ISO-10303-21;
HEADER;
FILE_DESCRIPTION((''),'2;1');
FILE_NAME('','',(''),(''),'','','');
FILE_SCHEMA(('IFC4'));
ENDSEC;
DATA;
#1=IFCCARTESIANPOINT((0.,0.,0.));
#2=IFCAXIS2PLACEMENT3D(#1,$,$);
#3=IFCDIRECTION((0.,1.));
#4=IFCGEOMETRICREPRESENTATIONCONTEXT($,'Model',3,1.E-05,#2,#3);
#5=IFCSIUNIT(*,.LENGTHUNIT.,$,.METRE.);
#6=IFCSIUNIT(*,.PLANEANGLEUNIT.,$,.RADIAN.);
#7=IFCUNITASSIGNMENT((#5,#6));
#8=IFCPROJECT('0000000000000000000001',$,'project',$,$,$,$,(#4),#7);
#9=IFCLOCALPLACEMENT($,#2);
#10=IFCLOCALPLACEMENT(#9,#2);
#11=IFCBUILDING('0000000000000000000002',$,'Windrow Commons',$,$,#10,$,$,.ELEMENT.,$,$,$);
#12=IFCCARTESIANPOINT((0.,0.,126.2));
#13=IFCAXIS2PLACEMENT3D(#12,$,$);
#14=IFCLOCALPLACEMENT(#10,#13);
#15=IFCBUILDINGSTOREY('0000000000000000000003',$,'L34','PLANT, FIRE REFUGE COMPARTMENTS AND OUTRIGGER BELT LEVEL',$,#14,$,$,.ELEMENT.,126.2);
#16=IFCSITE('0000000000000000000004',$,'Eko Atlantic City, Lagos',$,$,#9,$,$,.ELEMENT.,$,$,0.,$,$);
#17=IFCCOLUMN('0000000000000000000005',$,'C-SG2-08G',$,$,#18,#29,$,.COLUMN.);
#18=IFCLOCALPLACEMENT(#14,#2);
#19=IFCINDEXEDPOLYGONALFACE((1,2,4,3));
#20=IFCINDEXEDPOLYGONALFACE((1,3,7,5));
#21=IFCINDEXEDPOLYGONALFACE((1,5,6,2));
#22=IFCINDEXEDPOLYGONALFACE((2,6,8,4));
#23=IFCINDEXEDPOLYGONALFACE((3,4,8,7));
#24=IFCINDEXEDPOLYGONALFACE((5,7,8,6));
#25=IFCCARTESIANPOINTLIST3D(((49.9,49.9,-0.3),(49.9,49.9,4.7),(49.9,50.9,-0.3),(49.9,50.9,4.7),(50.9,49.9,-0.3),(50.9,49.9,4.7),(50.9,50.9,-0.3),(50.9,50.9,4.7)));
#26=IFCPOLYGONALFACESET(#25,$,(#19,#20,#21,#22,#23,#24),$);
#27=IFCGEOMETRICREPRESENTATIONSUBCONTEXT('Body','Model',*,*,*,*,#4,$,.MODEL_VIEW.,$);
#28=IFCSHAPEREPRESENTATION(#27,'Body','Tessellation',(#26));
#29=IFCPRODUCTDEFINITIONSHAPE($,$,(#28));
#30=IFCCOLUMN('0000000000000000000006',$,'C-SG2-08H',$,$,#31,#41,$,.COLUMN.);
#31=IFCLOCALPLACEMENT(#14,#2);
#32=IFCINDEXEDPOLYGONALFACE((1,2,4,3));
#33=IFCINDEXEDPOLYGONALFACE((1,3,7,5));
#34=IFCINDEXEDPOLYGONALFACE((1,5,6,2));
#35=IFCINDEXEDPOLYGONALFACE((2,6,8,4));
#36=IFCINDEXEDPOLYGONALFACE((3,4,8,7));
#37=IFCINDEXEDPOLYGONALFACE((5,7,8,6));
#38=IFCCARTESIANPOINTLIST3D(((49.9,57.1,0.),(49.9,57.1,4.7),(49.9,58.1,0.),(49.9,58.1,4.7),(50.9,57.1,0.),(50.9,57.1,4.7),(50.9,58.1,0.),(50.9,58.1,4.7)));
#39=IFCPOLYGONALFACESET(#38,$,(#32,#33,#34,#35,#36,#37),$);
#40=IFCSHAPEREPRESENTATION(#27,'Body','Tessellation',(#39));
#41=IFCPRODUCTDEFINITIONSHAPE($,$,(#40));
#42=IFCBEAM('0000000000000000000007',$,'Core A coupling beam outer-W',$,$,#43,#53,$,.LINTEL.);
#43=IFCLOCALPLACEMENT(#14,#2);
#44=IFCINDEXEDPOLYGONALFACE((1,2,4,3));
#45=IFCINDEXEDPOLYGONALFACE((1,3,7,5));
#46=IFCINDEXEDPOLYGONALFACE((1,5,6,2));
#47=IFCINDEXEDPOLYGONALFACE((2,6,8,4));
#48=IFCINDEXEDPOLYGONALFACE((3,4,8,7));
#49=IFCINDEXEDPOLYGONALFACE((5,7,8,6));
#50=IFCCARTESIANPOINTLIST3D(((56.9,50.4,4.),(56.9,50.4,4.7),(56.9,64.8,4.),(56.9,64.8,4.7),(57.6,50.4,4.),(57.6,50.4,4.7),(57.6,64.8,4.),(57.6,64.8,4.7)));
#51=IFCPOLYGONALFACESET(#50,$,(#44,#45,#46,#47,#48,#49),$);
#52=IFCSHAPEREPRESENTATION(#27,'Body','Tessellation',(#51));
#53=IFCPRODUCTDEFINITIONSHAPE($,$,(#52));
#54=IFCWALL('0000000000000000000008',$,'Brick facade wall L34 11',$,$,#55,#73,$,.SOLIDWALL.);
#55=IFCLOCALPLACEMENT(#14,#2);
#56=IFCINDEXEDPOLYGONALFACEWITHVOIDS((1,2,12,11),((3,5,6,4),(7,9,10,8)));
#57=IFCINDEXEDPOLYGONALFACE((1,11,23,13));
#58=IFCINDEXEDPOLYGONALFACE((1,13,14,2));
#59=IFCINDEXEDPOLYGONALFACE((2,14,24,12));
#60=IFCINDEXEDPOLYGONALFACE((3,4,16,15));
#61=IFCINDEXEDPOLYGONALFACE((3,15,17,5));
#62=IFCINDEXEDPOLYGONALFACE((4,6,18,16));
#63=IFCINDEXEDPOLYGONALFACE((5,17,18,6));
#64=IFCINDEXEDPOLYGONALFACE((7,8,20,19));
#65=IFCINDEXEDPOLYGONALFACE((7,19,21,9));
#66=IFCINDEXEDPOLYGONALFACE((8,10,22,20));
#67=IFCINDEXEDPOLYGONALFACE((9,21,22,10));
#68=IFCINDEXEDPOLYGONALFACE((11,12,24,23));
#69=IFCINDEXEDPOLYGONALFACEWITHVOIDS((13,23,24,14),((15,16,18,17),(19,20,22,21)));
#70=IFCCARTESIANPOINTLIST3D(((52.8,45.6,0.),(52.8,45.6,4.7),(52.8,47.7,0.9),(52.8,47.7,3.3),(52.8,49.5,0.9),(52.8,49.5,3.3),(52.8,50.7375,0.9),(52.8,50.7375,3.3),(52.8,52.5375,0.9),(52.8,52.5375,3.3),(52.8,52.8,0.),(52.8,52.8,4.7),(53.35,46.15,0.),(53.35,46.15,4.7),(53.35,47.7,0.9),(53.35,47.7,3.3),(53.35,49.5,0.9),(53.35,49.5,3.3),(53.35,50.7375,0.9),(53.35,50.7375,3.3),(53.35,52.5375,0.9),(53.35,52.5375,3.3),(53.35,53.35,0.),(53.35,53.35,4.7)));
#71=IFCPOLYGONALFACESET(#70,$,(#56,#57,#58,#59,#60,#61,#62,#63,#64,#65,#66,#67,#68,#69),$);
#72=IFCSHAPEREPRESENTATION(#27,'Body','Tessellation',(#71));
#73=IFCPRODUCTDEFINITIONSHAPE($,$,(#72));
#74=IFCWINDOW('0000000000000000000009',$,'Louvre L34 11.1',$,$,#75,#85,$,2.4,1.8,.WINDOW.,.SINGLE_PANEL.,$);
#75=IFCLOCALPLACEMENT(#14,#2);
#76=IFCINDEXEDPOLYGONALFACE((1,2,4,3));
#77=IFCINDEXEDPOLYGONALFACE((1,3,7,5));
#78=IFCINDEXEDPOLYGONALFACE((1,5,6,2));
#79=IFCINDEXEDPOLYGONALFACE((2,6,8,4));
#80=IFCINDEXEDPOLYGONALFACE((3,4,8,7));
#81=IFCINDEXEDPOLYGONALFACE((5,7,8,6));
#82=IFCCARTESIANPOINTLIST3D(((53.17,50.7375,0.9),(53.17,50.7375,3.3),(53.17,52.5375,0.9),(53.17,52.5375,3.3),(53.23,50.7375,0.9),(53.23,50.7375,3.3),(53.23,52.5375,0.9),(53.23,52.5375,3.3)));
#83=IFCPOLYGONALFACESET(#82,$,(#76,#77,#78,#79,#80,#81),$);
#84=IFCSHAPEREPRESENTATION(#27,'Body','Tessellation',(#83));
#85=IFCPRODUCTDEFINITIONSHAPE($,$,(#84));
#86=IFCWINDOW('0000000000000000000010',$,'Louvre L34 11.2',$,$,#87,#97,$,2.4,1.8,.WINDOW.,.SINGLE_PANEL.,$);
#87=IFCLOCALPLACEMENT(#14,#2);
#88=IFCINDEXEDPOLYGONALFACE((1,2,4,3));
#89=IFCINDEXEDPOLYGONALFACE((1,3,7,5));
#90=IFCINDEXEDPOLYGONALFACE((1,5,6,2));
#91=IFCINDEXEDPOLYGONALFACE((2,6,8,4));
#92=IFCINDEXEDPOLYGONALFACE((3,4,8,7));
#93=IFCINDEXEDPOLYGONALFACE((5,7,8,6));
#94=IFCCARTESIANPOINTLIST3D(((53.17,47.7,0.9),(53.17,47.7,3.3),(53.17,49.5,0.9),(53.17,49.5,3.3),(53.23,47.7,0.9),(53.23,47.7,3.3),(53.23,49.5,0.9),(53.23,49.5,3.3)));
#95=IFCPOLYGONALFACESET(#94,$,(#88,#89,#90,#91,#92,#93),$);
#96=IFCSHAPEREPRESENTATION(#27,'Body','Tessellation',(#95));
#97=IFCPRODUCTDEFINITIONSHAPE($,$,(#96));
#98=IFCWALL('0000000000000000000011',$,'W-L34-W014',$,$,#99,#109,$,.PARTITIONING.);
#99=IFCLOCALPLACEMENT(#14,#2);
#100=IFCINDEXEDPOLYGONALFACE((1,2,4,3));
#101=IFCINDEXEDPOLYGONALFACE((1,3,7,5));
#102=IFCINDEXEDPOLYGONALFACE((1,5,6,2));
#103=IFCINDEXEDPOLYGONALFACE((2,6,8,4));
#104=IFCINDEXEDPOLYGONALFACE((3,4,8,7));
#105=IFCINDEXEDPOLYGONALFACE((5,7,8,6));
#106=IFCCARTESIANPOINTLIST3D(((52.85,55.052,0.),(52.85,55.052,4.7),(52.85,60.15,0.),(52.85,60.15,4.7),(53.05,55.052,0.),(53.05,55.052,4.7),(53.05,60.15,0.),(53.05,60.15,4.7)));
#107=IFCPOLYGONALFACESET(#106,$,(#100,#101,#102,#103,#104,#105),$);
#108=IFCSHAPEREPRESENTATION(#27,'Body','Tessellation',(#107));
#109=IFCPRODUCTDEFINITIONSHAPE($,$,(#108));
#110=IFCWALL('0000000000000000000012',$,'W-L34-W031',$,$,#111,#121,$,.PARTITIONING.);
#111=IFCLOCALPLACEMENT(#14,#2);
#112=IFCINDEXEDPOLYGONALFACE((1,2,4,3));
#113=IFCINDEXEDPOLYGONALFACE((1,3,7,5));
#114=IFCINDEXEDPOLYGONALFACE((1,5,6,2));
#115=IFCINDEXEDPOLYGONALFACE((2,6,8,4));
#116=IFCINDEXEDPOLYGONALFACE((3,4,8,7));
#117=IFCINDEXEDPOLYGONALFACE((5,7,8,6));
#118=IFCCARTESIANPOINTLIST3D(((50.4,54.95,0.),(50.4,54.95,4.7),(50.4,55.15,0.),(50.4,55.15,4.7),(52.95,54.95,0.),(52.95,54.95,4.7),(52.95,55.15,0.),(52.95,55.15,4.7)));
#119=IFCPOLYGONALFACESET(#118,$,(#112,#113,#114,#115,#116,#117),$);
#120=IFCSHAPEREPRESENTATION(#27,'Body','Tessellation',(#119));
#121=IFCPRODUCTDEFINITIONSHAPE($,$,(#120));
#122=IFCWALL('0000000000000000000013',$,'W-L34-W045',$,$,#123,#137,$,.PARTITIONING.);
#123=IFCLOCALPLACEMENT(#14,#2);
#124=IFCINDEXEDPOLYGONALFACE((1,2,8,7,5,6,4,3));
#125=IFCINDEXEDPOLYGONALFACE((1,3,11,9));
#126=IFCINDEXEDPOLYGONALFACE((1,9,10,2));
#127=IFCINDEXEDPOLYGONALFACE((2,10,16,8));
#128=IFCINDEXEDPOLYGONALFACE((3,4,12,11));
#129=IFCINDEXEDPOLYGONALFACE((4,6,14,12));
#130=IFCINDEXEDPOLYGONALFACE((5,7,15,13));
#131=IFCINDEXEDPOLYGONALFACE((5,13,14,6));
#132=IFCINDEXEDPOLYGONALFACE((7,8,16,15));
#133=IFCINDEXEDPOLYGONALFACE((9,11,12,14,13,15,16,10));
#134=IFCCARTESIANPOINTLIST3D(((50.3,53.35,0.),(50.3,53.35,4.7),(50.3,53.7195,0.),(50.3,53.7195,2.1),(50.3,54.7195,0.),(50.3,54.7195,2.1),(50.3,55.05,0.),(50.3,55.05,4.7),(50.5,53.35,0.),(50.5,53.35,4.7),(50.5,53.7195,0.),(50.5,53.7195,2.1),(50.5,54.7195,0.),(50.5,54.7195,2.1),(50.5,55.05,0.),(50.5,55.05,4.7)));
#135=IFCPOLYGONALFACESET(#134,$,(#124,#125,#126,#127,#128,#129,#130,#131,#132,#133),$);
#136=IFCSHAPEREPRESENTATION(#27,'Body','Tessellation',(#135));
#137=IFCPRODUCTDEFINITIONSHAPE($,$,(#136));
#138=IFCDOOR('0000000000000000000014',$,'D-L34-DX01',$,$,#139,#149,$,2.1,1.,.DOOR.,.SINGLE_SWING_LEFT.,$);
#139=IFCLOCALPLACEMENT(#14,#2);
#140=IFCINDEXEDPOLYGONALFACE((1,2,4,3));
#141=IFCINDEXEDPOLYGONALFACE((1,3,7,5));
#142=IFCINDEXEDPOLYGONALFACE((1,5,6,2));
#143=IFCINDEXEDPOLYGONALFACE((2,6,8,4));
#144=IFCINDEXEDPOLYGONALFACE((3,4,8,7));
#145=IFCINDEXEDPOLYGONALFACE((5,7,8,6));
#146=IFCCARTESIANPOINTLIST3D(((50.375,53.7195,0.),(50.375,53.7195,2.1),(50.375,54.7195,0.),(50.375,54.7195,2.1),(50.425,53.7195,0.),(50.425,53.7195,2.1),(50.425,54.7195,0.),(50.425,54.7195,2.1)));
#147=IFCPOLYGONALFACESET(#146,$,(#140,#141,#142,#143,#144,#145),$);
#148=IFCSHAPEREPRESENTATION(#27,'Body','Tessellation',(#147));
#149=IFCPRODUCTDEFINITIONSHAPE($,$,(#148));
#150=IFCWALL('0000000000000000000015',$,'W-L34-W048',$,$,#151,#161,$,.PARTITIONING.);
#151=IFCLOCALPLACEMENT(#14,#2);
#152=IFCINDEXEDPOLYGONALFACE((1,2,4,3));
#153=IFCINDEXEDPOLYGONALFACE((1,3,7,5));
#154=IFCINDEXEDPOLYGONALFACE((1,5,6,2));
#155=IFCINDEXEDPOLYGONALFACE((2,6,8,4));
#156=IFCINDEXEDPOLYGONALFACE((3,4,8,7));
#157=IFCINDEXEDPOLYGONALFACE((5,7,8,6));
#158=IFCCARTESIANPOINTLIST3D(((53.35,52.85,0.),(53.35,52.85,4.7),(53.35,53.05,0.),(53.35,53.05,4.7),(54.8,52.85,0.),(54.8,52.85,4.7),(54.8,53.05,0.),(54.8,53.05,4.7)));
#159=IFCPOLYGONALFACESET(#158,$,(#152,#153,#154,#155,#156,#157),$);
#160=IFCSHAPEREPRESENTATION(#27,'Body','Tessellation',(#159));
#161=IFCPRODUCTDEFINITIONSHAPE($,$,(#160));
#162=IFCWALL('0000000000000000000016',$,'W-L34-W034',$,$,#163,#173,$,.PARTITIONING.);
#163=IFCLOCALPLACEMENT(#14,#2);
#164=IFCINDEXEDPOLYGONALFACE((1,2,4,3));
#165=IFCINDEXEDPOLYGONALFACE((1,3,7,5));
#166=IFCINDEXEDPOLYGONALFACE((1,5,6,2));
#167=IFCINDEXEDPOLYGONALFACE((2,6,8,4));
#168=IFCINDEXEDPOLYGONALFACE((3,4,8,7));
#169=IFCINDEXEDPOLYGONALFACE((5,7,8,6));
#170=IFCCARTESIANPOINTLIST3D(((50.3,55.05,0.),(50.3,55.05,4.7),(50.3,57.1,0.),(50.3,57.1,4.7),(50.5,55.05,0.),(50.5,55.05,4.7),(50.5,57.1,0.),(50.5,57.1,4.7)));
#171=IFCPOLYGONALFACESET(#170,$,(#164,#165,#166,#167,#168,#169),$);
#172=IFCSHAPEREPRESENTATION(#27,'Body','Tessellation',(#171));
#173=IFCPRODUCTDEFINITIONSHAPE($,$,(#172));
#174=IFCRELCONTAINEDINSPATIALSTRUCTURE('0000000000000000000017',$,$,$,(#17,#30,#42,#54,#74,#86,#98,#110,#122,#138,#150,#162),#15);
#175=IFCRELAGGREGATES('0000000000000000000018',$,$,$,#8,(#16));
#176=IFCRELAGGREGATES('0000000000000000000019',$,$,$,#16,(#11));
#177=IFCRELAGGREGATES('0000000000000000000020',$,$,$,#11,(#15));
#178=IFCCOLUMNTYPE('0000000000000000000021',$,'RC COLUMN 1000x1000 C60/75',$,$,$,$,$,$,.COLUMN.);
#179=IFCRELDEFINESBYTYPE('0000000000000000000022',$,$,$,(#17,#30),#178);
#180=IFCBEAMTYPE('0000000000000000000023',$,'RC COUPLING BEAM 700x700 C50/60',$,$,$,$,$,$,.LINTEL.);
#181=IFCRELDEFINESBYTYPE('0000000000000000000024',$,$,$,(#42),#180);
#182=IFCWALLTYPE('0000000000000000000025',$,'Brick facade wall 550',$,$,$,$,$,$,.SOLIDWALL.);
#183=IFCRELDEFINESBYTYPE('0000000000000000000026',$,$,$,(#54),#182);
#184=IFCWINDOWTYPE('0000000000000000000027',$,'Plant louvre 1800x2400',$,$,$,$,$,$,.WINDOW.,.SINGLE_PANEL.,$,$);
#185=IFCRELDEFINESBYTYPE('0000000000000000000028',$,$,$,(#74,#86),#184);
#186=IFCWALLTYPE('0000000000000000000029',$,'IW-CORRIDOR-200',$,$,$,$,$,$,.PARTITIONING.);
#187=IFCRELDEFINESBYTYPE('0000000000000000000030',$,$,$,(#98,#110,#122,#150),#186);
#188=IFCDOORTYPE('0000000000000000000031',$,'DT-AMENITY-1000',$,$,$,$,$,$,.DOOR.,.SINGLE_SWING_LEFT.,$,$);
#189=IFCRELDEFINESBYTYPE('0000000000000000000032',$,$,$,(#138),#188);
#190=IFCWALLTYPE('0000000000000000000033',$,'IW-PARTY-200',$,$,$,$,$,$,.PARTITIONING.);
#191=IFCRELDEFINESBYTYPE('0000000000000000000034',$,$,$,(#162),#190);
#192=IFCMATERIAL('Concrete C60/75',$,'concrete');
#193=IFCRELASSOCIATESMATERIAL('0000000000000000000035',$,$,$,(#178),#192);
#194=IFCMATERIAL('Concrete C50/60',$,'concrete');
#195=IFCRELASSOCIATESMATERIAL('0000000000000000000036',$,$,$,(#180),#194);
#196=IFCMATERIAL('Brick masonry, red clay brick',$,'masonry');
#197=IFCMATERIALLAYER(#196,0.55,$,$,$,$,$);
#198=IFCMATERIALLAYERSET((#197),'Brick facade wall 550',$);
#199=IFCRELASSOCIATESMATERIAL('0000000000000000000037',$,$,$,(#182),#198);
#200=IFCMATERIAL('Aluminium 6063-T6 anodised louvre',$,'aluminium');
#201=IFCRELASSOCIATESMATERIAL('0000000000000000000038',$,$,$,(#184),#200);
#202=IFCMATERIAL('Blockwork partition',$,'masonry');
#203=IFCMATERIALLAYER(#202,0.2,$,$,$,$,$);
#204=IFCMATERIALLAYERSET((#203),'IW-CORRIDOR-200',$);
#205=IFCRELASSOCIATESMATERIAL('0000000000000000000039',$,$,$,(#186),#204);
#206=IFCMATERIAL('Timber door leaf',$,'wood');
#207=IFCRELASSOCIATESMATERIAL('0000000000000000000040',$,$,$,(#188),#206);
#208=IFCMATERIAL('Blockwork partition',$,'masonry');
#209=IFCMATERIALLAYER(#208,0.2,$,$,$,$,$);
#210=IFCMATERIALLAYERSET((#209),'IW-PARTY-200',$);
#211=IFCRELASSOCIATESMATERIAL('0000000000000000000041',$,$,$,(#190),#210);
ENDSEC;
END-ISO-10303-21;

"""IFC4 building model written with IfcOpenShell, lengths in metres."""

from ifc_helpers import new_model, si_unit, direction, frame, frame_2d, origin, origin_2d, place, context, subcontext, project, spatial, polyline, rectangle, outline, extrude, material, layer, layer_set, material_profile, profile_set, type_object, element, fill, save


model = new_model("IFC4")

# Units and contexts
model_context = context("Model", 3, precision=1e-05, world=origin(), true_north=direction((0.0, 1.0)))
body_context = subcontext(model_context, "Body", "Model", "MODEL_VIEW")
ifc_project = project(units=[si_unit("LENGTHUNIT", "METRE"), si_unit("PLANEANGLEUNIT", "RADIAN")], contexts=[model_context])

# Site, building, storey
site_placement = place(None, origin())
site = spatial("IfcSite", under=ifc_project, at=site_placement, Name="Eko Atlantic City, Lagos", CompositionType="ELEMENT", RefElevation=0.0)
building_placement = place(site_placement, origin())
building = spatial("IfcBuilding", under=site, at=building_placement, Name="Windrow Commons", CompositionType="ELEMENT")
storey_placement = place(building_placement, frame((0.0, 0.0, 126.2)))
storey = spatial("IfcBuildingStorey", under=building, at=storey_placement, Name="L34", Description="PLANT, FIRE REFUGE COMPARTMENTS AND OUTRIGGER BELT LEVEL", CompositionType="ELEMENT", Elevation=126.2)

# Columns
ifc_material_1 = material(Name="Concrete C60/75", Category="concrete")
ifc_material_profile_1 = material_profile(ifc_material_1, rectangle(XDim=1.0, YDim=1.0, at=origin_2d()))
ifc_profile_set_1 = profile_set([ifc_material_profile_1], Name="Concrete C60/75")
column_type = type_object("IfcColumnType", Name="RC COLUMN 1000x1000 C60/75", PredefinedType="COLUMN", material=ifc_profile_set_1)
column_1_placement = place(storey_placement, frame((50.4, 50.4, -0.3), z_axis=(0.0, 0.0, 1.0), x_axis=(1.0, 0.0, 0.0)))
element("IfcColumn", 1, at=column_1_placement, inside=storey, type_object=column_type, Name="C-SG2-08G", PredefinedType="COLUMN", context=body_context, shape_type="SweptSolid", body=[
    extrude(rectangle(XDim=1.0, YDim=1.0, at=origin_2d()), origin(), (0.0, 0.0, 1.0), 5.0),
])
column_2_placement = place(storey_placement, frame((50.4, 57.6, 0.0), z_axis=(0.0, 0.0, 1.0), x_axis=(1.0, 0.0, 0.0)))
element("IfcColumn", 2, at=column_2_placement, inside=storey, type_object=column_type, Name="C-SG2-08H", PredefinedType="COLUMN", context=body_context, shape_type="SweptSolid", body=[
    extrude(rectangle(XDim=1.0, YDim=1.0, at=origin_2d()), origin(), (0.0, 0.0, 1.0), 4.7),
])

# Beam
ifc_material_2 = material(Name="Concrete C50/60", Category="concrete")
ifc_material_profile_2 = material_profile(ifc_material_2, rectangle(XDim=0.7, YDim=0.7, at=origin_2d()))
ifc_profile_set_2 = profile_set([ifc_material_profile_2], Name="Concrete C50/60")
beam_type = type_object("IfcBeamType", Name="RC COUPLING BEAM 700x700 C50/60", PredefinedType="LINTEL", material=ifc_profile_set_2)
beam_placement = place(storey_placement, frame((57.25, 50.4, 4.35), z_axis=(0.0, 1.0, 0.0), x_axis=(-1.0, 0.0, 0.0)))
element("IfcBeam", 3, at=beam_placement, inside=storey, type_object=beam_type, Name="Core A coupling beam outer-W", PredefinedType="LINTEL", context=body_context, shape_type="SweptSolid", body=[
    extrude(rectangle(XDim=0.7, YDim=0.7, at=origin_2d()), origin(), (0.0, 0.0, 1.0), 14.4),
])

# Wall, openings, windows
ifc_material_3 = material(Name="Brick masonry, red clay brick", Category="masonry")
ifc_layer_1 = layer(ifc_material_3, 0.55)
ifc_layer_set_1 = layer_set([ifc_layer_1], Name="Brick facade wall 550")
wall_type_1 = type_object("IfcWallType", Name="Brick facade wall 550", PredefinedType="SOLIDWALL", material=ifc_layer_set_1)
wall_1_placement = place(storey_placement, frame((53.075, 53.075, 0.0), z_axis=(0.0, 0.0, 1.0), x_axis=(0.0, -1.0, 0.0)))
wall_1 = element("IfcWall", 4, at=wall_1_placement, inside=storey, type_object=wall_type_1, Name="Brick facade wall L34 11", PredefinedType="SOLIDWALL", context=body_context, shape_type="SweptSolid", body=[
    extrude(outline(polyline([(0.275, -0.275), (7.475, -0.275), (6.925, 0.275), (-0.275, 0.275), (0.275, -0.275)])), origin(), (0.0, 0.0, 1.0), 4.7),
])
opening_1_placement = place(wall_1_placement, frame((0.5375, 0.0, 0.9)))
opening_1 = element("IfcOpeningElement", 5, at=opening_1_placement, cuts=wall_1, PredefinedType="OPENING", context=body_context, shape_type="SweptSolid", body=[
    extrude(rectangle(XDim=1.8, YDim=2.4, at=frame_2d((0.9, 1.2))), frame((0.0, 0.285, 0.0), z_axis=(0.0, -1.0, 0.0), x_axis=(1.0, 0.0, 0.0)), (0.0, 0.0, 1.0), 0.57),
])
opening_2_placement = place(wall_1_placement, frame((3.575, 0.0, 0.9)))
opening_2 = element("IfcOpeningElement", 6, at=opening_2_placement, cuts=wall_1, PredefinedType="OPENING", context=body_context, shape_type="SweptSolid", body=[
    extrude(rectangle(XDim=1.8, YDim=2.4, at=frame_2d((0.9, 1.2))), frame((0.0, 0.285, 0.0), z_axis=(0.0, -1.0, 0.0), x_axis=(1.0, 0.0, 0.0)), (0.0, 0.0, 1.0), 0.57),
])
ifc_material_4 = material(Name="Aluminium 6063-T6 anodised louvre", Category="aluminium")
window_type = type_object("IfcWindowType", Name="Plant louvre 1800x2400", PartitioningType="SINGLE_PANEL", PredefinedType="WINDOW", material=ifc_material_4)
window_1_placement = place(opening_1_placement, origin())
window_1 = element("IfcWindow", 7, at=window_1_placement, inside=storey, type_object=window_type, Name="Louvre L34 11.1", OverallHeight=2.4, OverallWidth=1.8, PartitioningType="SINGLE_PANEL", PredefinedType="WINDOW", context=body_context, shape_type="SweptSolid", body=[
    extrude(rectangle(XDim=1.8, YDim=2.4, at=frame_2d((0.9, 1.2))), frame((0.0, 0.155, 0.0), z_axis=(0.0, -1.0, 0.0), x_axis=(1.0, 0.0, 0.0)), (0.0, 0.0, 1.0), 0.06),
])
fill(opening_1, window_1)
window_2_placement = place(opening_2_placement, origin())
window_2 = element("IfcWindow", 8, at=window_2_placement, inside=storey, type_object=window_type, Name="Louvre L34 11.2", OverallHeight=2.4, OverallWidth=1.8, PartitioningType="SINGLE_PANEL", PredefinedType="WINDOW", context=body_context, shape_type="SweptSolid", body=[
    extrude(rectangle(XDim=1.8, YDim=2.4, at=frame_2d((0.9, 1.2))), frame((0.0, 0.155, 0.0), z_axis=(0.0, -1.0, 0.0), x_axis=(1.0, 0.0, 0.0)), (0.0, 0.0, 1.0), 0.06),
])
fill(opening_2, window_2)

# Walls
ifc_material_5 = material(Name="Blockwork partition", Category="masonry")
ifc_layer_2 = layer(ifc_material_5, 0.2)
ifc_layer_set_2 = layer_set([ifc_layer_2], Name="IW-CORRIDOR-200")
wall_type_2 = type_object("IfcWallType", Name="IW-CORRIDOR-200", PredefinedType="PARTITIONING", material=ifc_layer_set_2)
wall_2_placement = place(storey_placement, frame((52.95, 55.052, 0.0), z_axis=(0.0, 0.0, 1.0), x_axis=(0.0, 1.0, 0.0)))
element("IfcWall", 9, at=wall_2_placement, inside=storey, type_object=wall_type_2, Name="W-L34-W014", PredefinedType="PARTITIONING", context=body_context, shape_type="SweptSolid", body=[
    extrude(rectangle(XDim=5.098, YDim=0.2, at=frame_2d((2.549, 0.0))), origin(), (0.0, 0.0, 1.0), 4.7),
])
wall_3_placement = place(storey_placement, frame((50.4, 55.05, 0.0), z_axis=(0.0, 0.0, 1.0), x_axis=(1.0, 0.0, 0.0)))
element("IfcWall", 10, at=wall_3_placement, inside=storey, type_object=wall_type_2, Name="W-L34-W031", PredefinedType="PARTITIONING", context=body_context, shape_type="SweptSolid", body=[
    extrude(rectangle(XDim=2.55, YDim=0.2, at=frame_2d((1.275, 0.0))), origin(), (0.0, 0.0, 1.0), 4.7),
])

# Wall, opening, door
wall_4_placement = place(storey_placement, frame((50.4, 53.35, 0.0), z_axis=(0.0, 0.0, 1.0), x_axis=(0.0, 1.0, 0.0)))
wall_4 = element("IfcWall", 11, at=wall_4_placement, inside=storey, type_object=wall_type_2, Name="W-L34-W045", PredefinedType="PARTITIONING", context=body_context, shape_type="SweptSolid", body=[
    extrude(rectangle(XDim=1.7, YDim=0.2, at=frame_2d((0.85, 0.0))), origin(), (0.0, 0.0, 1.0), 4.7),
])
opening_3_placement = place(wall_4_placement, frame((0.3695, 0.0, 0.0)))
opening_3 = element("IfcOpeningElement", 12, at=opening_3_placement, cuts=wall_4, PredefinedType="OPENING", context=body_context, shape_type="SweptSolid", body=[
    extrude(rectangle(XDim=1.0, YDim=2.1, at=frame_2d((0.5, 1.05))), frame((0.0, 0.11, 0.0), z_axis=(0.0, -1.0, 0.0), x_axis=(1.0, 0.0, 0.0)), (0.0, 0.0, 1.0), 0.22),
])
ifc_material_6 = material(Name="Timber door leaf", Category="wood")
door_type = type_object("IfcDoorType", Name="DT-AMENITY-1000", OperationType="SINGLE_SWING_LEFT", PredefinedType="DOOR", material=ifc_material_6)
door_placement = place(opening_3_placement, origin())
door = element("IfcDoor", 13, at=door_placement, inside=storey, type_object=door_type, Name="D-L34-DX01", OperationType="SINGLE_SWING_LEFT", OverallHeight=2.1, OverallWidth=1.0, PredefinedType="DOOR", context=body_context, shape_type="SweptSolid", body=[
    extrude(rectangle(XDim=1.0, YDim=2.1, at=frame_2d((0.5, 1.05))), frame((0.0, 0.025, 0.0), z_axis=(0.0, -1.0, 0.0), x_axis=(1.0, 0.0, 0.0)), (0.0, 0.0, 1.0), 0.05),
])
fill(opening_3, door)

# Walls
wall_5_placement = place(storey_placement, frame((53.35, 52.95, 0.0), z_axis=(0.0, 0.0, 1.0), x_axis=(1.0, 0.0, 0.0)))
element("IfcWall", 14, at=wall_5_placement, inside=storey, type_object=wall_type_2, Name="W-L34-W048", PredefinedType="PARTITIONING", context=body_context, shape_type="SweptSolid", body=[
    extrude(rectangle(XDim=1.45, YDim=0.2, at=frame_2d((0.725, 0.0))), origin(), (0.0, 0.0, 1.0), 4.7),
])
ifc_material_7 = material(Name="Blockwork partition", Category="masonry")
ifc_layer_3 = layer(ifc_material_7, 0.2)
ifc_layer_set_3 = layer_set([ifc_layer_3], Name="IW-PARTY-200")
wall_type_3 = type_object("IfcWallType", Name="IW-PARTY-200", PredefinedType="PARTITIONING", material=ifc_layer_set_3)
for number, where, z_axis, x_axis, name in (
    (15, (50.4, 55.05, 0.0), (0.0, 0.0, 1.0), (0.0, 1.0, 0.0), "W-L34-W034"),
):
    element("IfcWall", number, at=place(storey_placement, frame(where, z_axis=z_axis, x_axis=x_axis)), inside=storey, type_object=wall_type_3, Name=name, PredefinedType="PARTITIONING", context=body_context, shape_type="SweptSolid", body=[
        extrude(rectangle(XDim=2.05, YDim=0.2, at=frame_2d((1.025, 0.0))), origin(), (0.0, 0.0, 1.0), 4.7),
    ])

save(model, "model.ifc")
